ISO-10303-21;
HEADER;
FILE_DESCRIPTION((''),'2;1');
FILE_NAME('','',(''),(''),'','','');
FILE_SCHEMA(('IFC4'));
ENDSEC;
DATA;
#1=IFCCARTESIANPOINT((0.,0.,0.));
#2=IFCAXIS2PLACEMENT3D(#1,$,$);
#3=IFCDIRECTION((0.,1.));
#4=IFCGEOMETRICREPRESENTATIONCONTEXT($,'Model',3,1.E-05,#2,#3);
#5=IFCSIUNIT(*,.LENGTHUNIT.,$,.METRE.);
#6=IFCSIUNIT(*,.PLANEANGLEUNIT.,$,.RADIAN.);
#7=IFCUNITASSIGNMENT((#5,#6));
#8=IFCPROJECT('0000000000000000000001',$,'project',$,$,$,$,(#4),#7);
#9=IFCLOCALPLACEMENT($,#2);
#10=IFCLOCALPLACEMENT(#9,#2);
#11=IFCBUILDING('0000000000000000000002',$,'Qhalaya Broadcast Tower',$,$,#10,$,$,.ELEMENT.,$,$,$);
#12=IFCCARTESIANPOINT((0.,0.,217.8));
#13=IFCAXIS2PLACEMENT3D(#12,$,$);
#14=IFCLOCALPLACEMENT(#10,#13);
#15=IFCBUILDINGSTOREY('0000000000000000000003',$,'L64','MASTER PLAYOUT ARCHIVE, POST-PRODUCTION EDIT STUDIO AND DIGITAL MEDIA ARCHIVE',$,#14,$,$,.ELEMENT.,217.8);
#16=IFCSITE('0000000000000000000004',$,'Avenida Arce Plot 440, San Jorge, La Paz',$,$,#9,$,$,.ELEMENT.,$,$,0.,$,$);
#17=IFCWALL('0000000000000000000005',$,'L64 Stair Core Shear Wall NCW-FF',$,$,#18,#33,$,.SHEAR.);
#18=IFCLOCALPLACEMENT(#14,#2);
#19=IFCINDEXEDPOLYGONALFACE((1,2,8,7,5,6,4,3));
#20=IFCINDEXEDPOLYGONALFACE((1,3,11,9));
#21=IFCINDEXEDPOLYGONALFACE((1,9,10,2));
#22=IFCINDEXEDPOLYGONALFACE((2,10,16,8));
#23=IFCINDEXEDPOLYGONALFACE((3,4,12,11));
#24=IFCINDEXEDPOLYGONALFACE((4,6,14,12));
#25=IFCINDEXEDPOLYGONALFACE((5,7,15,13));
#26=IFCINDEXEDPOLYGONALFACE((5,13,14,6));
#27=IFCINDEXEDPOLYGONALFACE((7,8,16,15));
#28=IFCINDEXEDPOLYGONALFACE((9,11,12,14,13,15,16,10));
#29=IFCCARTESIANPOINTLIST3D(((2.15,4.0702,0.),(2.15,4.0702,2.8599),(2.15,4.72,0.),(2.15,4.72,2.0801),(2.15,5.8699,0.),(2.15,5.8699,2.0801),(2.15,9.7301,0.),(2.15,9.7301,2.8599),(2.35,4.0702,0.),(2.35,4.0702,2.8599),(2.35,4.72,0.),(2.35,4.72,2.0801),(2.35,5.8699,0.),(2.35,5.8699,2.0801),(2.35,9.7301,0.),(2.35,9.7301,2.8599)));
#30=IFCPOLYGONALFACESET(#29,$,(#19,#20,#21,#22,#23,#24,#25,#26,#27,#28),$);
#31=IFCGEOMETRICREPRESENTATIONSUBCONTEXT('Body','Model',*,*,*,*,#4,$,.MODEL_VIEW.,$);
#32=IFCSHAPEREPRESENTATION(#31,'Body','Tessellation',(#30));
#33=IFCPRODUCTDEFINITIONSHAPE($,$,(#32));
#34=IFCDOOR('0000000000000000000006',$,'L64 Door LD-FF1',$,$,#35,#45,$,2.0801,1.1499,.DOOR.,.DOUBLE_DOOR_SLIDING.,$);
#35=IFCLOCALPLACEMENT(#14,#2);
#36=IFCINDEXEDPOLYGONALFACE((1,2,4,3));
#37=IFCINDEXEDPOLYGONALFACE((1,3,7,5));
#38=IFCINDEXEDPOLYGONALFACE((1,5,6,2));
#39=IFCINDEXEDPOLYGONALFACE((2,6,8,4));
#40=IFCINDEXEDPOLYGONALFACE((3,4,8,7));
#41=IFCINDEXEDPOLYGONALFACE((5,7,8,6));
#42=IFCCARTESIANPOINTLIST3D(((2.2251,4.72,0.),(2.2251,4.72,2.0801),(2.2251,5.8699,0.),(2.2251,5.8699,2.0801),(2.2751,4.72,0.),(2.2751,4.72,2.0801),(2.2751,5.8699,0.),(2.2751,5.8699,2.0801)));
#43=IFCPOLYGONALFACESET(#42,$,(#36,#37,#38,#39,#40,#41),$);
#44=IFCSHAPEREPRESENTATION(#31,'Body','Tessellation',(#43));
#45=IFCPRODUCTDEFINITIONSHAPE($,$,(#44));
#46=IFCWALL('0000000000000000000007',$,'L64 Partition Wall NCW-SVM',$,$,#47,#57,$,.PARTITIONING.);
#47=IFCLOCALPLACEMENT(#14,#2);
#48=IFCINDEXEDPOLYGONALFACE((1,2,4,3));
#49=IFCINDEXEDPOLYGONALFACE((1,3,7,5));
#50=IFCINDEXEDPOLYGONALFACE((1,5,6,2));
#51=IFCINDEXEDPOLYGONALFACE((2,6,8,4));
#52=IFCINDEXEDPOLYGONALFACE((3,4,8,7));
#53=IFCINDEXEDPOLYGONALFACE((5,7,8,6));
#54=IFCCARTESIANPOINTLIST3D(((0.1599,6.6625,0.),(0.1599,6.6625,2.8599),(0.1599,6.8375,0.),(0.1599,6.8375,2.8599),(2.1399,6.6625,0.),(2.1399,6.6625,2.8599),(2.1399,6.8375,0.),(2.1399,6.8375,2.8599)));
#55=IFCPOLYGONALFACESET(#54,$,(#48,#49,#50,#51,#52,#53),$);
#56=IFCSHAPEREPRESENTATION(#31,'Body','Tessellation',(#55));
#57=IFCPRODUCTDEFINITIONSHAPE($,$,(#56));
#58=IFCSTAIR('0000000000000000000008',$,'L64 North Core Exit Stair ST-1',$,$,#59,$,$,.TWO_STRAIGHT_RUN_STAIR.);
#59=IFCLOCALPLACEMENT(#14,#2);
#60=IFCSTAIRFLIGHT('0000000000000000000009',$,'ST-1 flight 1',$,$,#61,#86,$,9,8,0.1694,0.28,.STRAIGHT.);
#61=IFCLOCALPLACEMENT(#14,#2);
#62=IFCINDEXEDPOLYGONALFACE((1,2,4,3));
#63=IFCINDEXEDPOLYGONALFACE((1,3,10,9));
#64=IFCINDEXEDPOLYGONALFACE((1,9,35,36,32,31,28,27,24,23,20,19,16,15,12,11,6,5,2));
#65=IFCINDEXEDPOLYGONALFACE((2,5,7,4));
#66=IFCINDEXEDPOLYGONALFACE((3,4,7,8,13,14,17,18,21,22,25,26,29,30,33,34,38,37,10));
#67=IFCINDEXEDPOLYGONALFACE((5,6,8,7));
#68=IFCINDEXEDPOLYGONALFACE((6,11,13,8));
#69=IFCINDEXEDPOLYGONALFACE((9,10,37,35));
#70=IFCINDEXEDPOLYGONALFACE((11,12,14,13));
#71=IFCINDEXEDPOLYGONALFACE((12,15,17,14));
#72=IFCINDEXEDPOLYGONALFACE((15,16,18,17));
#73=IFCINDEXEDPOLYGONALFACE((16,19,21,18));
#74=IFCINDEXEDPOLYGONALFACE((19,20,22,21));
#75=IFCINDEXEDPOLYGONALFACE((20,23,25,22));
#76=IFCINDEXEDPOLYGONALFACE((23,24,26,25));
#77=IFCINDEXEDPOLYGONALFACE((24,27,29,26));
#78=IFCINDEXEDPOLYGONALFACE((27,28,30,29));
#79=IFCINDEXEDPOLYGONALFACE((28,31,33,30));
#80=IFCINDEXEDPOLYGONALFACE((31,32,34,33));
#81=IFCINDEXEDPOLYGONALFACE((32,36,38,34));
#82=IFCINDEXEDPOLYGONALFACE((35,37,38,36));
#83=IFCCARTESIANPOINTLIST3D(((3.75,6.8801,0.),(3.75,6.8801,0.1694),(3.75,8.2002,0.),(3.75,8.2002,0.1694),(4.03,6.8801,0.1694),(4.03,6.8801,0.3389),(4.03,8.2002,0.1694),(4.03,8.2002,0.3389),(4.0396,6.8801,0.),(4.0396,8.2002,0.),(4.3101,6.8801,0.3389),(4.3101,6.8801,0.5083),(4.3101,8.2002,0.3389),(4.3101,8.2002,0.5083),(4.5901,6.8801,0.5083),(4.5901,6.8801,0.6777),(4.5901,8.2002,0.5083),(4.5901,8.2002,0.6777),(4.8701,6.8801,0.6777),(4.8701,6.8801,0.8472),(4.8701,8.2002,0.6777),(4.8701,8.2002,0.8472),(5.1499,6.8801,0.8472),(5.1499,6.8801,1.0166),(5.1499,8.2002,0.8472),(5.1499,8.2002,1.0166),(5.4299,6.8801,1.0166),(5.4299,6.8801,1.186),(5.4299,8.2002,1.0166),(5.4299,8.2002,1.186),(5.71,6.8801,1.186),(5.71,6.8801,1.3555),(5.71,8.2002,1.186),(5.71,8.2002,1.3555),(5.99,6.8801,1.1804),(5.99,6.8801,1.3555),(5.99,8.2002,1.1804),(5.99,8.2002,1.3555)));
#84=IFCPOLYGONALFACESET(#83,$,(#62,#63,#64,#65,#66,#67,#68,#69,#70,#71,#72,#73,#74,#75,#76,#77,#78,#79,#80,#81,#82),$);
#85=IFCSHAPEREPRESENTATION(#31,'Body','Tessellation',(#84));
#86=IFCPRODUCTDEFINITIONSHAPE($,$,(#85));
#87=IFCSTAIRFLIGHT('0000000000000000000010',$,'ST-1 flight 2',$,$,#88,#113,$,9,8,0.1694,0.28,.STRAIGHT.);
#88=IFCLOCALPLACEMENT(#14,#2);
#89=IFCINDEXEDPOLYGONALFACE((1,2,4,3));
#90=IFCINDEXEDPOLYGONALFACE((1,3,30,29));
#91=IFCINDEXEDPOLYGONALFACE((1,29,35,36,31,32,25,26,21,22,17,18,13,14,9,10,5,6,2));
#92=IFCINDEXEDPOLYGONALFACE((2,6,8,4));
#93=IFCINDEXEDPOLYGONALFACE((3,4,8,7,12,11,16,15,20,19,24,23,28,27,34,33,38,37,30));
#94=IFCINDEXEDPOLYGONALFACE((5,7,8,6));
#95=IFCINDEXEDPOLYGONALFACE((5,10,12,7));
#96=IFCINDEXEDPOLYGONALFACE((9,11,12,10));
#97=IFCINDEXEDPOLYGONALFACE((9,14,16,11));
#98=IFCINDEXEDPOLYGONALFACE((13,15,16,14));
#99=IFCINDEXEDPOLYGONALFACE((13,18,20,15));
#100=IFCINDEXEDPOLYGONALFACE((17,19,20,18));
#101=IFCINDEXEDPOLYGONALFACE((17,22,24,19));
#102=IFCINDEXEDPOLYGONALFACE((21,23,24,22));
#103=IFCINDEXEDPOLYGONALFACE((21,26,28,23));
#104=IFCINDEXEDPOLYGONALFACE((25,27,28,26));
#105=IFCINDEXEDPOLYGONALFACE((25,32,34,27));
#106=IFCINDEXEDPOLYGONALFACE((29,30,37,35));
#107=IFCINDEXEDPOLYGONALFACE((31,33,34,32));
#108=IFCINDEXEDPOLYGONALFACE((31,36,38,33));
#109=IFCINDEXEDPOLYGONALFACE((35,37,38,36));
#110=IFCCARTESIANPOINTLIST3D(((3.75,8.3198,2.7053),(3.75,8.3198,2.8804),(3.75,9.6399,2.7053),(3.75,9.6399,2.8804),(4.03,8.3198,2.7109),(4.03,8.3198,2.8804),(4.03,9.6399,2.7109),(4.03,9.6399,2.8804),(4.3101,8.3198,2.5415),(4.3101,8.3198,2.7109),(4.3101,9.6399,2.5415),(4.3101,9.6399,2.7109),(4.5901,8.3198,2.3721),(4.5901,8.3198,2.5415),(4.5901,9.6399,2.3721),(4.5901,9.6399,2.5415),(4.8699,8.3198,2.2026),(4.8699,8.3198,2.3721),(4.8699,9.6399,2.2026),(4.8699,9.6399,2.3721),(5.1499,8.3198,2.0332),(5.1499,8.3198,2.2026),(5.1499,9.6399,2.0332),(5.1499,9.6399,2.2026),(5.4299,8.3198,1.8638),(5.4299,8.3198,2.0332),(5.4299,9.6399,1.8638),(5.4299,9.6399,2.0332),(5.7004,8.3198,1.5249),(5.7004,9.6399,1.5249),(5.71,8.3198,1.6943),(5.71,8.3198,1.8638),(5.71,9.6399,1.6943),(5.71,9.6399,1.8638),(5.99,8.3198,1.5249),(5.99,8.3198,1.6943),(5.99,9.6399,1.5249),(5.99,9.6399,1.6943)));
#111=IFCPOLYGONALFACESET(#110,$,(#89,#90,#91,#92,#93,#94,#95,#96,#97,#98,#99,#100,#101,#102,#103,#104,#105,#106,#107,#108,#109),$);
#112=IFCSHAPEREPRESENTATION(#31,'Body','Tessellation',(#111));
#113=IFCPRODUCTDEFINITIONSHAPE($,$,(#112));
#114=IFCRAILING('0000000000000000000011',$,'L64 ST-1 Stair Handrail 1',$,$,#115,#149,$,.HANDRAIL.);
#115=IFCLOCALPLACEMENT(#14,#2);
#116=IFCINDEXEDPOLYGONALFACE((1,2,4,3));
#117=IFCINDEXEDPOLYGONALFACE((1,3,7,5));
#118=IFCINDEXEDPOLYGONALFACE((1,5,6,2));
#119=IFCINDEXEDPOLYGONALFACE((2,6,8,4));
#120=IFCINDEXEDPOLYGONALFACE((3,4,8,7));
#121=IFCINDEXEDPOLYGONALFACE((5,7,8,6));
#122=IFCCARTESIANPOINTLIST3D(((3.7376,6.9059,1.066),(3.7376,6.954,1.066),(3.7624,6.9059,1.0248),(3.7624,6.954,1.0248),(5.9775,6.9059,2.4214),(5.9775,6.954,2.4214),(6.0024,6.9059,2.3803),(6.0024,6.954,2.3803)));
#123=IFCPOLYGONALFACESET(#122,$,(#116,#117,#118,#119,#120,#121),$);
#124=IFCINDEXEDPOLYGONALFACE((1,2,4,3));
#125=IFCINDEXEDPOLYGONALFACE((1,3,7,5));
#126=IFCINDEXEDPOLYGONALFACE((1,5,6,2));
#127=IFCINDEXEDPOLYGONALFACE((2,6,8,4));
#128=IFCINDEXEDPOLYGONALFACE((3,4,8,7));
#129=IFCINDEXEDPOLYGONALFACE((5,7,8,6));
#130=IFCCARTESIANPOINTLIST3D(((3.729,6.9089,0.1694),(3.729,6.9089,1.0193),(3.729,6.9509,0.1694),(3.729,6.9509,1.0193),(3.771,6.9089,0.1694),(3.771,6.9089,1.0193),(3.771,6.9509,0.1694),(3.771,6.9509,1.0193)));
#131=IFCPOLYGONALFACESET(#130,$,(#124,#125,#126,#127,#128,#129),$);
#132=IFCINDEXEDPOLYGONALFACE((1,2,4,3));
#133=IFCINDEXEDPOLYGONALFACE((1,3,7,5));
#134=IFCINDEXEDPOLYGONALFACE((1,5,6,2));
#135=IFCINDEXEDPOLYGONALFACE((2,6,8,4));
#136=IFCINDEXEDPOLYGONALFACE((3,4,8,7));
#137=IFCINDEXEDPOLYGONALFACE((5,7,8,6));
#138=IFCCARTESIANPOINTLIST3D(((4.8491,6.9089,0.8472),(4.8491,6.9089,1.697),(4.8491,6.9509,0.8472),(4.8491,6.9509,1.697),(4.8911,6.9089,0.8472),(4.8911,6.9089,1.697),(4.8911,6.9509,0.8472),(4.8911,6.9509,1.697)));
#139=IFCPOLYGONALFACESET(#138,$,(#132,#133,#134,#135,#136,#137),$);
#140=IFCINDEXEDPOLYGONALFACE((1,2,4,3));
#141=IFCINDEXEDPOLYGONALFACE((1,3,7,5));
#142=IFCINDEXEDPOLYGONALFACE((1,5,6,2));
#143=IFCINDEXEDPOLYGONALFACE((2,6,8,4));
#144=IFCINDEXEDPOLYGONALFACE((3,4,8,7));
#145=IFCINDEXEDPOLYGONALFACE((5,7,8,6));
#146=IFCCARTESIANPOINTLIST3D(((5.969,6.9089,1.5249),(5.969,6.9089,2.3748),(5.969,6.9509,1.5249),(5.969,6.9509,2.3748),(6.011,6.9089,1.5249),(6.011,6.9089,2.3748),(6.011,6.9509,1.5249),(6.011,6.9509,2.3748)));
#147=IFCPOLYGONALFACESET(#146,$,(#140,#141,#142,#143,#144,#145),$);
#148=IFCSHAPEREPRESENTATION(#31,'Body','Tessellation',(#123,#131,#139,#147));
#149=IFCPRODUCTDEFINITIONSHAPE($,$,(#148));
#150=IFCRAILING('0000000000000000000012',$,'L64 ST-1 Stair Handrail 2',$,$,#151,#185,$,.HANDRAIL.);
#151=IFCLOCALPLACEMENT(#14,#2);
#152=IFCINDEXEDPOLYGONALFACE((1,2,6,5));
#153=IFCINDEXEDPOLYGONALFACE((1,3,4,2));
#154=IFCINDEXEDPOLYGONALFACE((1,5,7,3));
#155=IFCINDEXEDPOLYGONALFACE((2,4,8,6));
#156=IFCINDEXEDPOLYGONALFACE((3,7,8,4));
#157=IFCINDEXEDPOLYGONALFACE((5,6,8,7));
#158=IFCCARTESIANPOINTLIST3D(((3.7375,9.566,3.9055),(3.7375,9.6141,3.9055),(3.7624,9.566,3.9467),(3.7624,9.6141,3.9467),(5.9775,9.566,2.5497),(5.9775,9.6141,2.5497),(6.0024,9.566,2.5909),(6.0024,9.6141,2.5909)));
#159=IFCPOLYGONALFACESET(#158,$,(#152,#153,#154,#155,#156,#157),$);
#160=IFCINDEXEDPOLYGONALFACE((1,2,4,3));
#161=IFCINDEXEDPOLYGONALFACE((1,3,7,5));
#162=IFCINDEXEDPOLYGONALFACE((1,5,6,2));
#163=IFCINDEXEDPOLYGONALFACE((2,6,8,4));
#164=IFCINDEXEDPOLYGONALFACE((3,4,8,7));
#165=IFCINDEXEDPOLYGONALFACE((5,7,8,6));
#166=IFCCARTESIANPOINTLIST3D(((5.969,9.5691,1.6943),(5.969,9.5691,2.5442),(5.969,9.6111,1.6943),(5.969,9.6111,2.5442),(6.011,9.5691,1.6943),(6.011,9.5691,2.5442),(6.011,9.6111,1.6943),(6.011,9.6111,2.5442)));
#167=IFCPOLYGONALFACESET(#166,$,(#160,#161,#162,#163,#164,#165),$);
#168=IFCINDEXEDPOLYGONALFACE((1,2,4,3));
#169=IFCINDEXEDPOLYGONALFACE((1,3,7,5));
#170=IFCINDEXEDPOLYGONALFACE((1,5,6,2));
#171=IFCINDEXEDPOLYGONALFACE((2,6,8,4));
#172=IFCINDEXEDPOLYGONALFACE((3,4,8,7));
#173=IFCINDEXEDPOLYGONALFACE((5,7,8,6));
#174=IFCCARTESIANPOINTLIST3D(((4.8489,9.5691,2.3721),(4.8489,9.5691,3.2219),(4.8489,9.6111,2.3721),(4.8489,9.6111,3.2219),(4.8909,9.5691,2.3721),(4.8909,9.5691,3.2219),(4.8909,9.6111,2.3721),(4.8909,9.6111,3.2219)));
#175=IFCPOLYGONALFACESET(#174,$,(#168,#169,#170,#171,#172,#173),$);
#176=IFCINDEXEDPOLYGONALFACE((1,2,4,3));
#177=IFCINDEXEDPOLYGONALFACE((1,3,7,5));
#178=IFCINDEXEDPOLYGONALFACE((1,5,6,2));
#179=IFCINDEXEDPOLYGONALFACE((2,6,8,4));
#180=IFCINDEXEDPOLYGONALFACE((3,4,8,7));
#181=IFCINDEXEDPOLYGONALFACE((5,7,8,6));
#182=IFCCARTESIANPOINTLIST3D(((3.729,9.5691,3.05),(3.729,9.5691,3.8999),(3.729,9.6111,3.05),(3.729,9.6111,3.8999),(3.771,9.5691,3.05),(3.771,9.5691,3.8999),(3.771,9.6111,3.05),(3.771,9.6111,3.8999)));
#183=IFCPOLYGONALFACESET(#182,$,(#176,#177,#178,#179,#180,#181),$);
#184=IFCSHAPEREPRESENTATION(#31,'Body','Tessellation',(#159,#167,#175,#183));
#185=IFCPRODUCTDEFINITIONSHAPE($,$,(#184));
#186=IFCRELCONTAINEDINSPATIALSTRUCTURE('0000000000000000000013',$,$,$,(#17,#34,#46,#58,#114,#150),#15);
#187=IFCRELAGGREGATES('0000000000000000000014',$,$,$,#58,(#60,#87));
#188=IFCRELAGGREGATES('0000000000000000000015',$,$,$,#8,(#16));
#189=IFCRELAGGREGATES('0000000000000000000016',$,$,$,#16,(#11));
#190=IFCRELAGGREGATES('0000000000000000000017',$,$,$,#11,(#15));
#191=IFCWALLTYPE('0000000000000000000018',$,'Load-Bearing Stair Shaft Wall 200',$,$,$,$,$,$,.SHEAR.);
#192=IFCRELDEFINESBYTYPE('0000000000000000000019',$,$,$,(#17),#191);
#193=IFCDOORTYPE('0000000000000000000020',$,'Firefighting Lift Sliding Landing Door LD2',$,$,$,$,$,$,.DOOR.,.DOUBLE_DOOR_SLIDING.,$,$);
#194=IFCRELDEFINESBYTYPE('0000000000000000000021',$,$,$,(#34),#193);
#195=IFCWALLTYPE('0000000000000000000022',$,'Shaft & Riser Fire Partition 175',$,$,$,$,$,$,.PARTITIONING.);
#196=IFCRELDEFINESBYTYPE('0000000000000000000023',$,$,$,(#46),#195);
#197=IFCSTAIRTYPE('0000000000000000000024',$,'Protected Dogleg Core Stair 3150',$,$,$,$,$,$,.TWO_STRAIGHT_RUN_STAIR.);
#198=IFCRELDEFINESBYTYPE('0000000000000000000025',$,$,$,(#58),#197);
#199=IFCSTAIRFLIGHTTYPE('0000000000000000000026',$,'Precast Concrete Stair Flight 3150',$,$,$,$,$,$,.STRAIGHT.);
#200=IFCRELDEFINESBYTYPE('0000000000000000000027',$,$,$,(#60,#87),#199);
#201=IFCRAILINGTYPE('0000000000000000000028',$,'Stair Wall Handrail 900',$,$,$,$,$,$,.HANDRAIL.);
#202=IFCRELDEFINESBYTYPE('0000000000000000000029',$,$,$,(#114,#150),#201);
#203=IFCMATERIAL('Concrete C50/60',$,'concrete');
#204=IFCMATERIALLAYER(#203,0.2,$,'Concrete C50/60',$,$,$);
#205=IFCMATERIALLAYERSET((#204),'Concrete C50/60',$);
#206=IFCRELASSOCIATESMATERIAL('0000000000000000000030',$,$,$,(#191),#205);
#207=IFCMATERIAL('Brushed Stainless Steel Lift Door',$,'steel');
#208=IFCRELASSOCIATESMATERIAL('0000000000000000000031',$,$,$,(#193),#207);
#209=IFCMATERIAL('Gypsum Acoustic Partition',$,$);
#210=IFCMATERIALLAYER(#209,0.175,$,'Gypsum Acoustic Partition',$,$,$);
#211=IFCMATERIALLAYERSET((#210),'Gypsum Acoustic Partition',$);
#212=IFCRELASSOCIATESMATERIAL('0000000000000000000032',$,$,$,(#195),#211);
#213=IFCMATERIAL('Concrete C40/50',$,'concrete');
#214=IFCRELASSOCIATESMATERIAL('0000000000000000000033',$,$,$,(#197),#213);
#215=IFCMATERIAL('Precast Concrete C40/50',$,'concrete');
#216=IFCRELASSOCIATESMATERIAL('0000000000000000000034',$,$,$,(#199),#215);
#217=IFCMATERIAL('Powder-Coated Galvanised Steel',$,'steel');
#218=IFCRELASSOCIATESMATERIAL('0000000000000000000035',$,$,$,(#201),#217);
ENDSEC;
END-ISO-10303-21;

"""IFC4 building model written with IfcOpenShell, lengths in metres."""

from ifc_helpers import new_model, si_unit, direction, frame, frame_2d, origin, origin_2d, place, context, subcontext, project, spatial, polyline, rectangle, outline, extrude, material, layer, layer_set, type_object, element, fill, aggregate, save


model = new_model("IFC4")

# Units and contexts
model_context = context("Model", 3, precision=1e-05, world=origin(), true_north=direction((0.0, 1.0)))
body_context = subcontext(model_context, "Body", "Model", "MODEL_VIEW")
ifc_project = project(units=[si_unit("LENGTHUNIT", "METRE"), si_unit("PLANEANGLEUNIT", "RADIAN")], contexts=[model_context])

# Site, building, storey
site_placement = place(None, origin())
site = spatial("IfcSite", under=ifc_project, at=site_placement, Name="Avenida Arce Plot 440, San Jorge, La Paz", CompositionType="ELEMENT", RefElevation=0.0)
building_placement = place(site_placement, origin())
building = spatial("IfcBuilding", under=site, at=building_placement, Name="Qhalaya Broadcast Tower", CompositionType="ELEMENT")
storey_placement = place(building_placement, frame((0.0, 0.0, 217.8)))
storey = spatial("IfcBuildingStorey", under=building, at=storey_placement, Name="L64", Description="MASTER PLAYOUT ARCHIVE, POST-PRODUCTION EDIT STUDIO AND DIGITAL MEDIA ARCHIVE", CompositionType="ELEMENT", Elevation=217.8)

# Shared definitions
ifc_material_1 = material(Name="Concrete C50/60", Category="concrete")

# Wall, opening, door
ifc_material_2 = material(Name="Gypsum Acoustic Partition")
ifc_layer_1 = layer(ifc_material_1, 0.2, Name="Concrete C50/60")
ifc_layer_set_1 = layer_set([ifc_layer_1], Name="Concrete C50/60")
wall_type_1 = type_object("IfcWallType", Name="Load-Bearing Stair Shaft Wall 200", PredefinedType="SHEAR", material=ifc_layer_set_1)
wall_1_placement = place(storey_placement, frame((2.25, 4.0701, 0.0), z_axis=(0.0, 0.0, 1.0), x_axis=(0.0, 1.0, 0.0)))
wall_1 = element("IfcWall", 1, at=wall_1_placement, inside=storey, type_object=wall_type_1, Name="L64 Stair Core Shear Wall NCW-FF", PredefinedType="SHEAR", context=body_context, shape_type="SweptSolid", body=[
    extrude(rectangle(XDim=5.6599, YDim=0.2, at=frame_2d((2.8301, 0.0))), origin(), (0.0, 0.0, 1.0), 2.8599),
])
opening_1_placement = place(wall_1_placement, frame((0.6499, 0.0, 0.0)))
opening_1 = element("IfcOpeningElement", 2, at=opening_1_placement, cuts=wall_1, PredefinedType="OPENING", context=body_context, shape_type="SweptSolid", body=[
    extrude(rectangle(XDim=1.1499, YDim=2.0801, at=frame_2d((0.575, 1.04))), frame((0.0, 0.1121, 0.0), z_axis=(0.0, -1.0, 0.0), x_axis=(1.0, 0.0, 0.0)), (0.0, 0.0, 1.0), 0.2239),
])
ifc_material_3 = material(Name="Brushed Stainless Steel Lift Door", Category="steel")
door_type_1 = type_object("IfcDoorType", Name="Firefighting Lift Sliding Landing Door LD2", OperationType="DOUBLE_DOOR_SLIDING", PredefinedType="DOOR", material=ifc_material_3)
door_1_placement = place(opening_1_placement, origin())
door_1 = element("IfcDoor", 3, at=door_1_placement, inside=storey, type_object=door_type_1, Name="L64 Door LD-FF1", OperationType="DOUBLE_DOOR_SLIDING", OverallHeight=2.0801, OverallWidth=1.1499, PredefinedType="DOOR", context=body_context, shape_type="SweptSolid", body=[
    extrude(rectangle(XDim=1.1499, YDim=2.0801, at=frame_2d((0.575, 1.04))), frame((0.0, 0.0249, 0.0), z_axis=(0.0, -1.0, 0.0), x_axis=(1.0, 0.0, 0.0)), (0.0, 0.0, 1.0), 0.05),
])
fill(opening_1, door_1)
ifc_layer_2 = layer(ifc_material_2, 0.175, Name="Gypsum Acoustic Partition")
ifc_layer_set_2 = layer_set([ifc_layer_2], Name="Gypsum Acoustic Partition")
wall_type_2 = type_object("IfcWallType", Name="Shaft & Riser Fire Partition 175", PredefinedType="PARTITIONING", material=ifc_layer_set_2)

# Wall
wall_2_placement = place(storey_placement, frame((0.1599, 6.75, 0.0), z_axis=(0.0, 0.0, 1.0), x_axis=(1.0, 0.0, 0.0)))
element("IfcWall", 4, at=wall_2_placement, inside=storey, type_object=wall_type_2, Name="L64 Partition Wall NCW-SVM", PredefinedType="PARTITIONING", context=body_context, shape_type="SweptSolid", body=[
    extrude(rectangle(XDim=1.98, YDim=0.175, at=frame_2d((0.99, 0.0))), origin(), (0.0, 0.0, 1.0), 2.8599),
])

# Stair, stair flights
ifc_material_4 = material(Name="Concrete C40/50", Category="concrete")
stair_type = type_object("IfcStairType", Name="Protected Dogleg Core Stair 3150", PredefinedType="TWO_STRAIGHT_RUN_STAIR", material=ifc_material_4)
stair_placement = place(storey_placement, origin())
stair = element("IfcStair", 5, at=stair_placement, inside=storey, type_object=stair_type, Name="L64 North Core Exit Stair ST-1", PredefinedType="TWO_STRAIGHT_RUN_STAIR")
ifc_material_5 = material(Name="Precast Concrete C40/50", Category="concrete")
stair_flight_type = type_object("IfcStairFlightType", Name="Precast Concrete Stair Flight 3150", PredefinedType="STRAIGHT", material=ifc_material_5)
stair_flight_1_placement = place(storey_placement, frame((3.75, 7.54, 0.0), z_axis=(0.0, 0.0, 1.0), x_axis=(1.0, 0.0, 0.0)))
stair_flight_1 = element("IfcStairFlight", 6, at=stair_flight_1_placement, type_object=stair_flight_type, Name="ST-1 flight 1", NumberOfRisers=9, NumberOfTreads=8, PredefinedType="STRAIGHT", RiserHeight=0.1694, TreadLength=0.28, context=body_context, shape_type="SweptSolid", body=[
    extrude(outline(polyline([(0.0, 0.0), (0.0, 0.1694), (0.28, 0.1694), (0.28, 0.3389), (0.5601, 0.3389), (0.5601, 0.5083), (0.8401, 0.5083), (0.8401, 0.6777), (1.1201, 0.6777), (1.1201, 0.8472), (1.3999, 0.8472), (1.3999, 1.0166), (1.6799, 1.0166), (1.6799, 1.186), (1.96, 1.186), (1.96, 1.3555), (2.24, 1.3555), (2.24, 1.5249), (2.24, 1.1804), (0.2896, 0.0), (0.0, 0.0)])), frame((0.0, 0.6602, 0.0), z_axis=(0.0, -1.0, 0.0), x_axis=(1.0, 0.0, 0.0)), (0.0, 0.0, 1.0), 1.3201),
])
stair_flight_2_placement = place(storey_placement, frame((5.99, 8.98, 1.5249), z_axis=(0.0, 0.0, 1.0), x_axis=(-1.0, 0.0, 0.0)))
stair_flight_2 = element("IfcStairFlight", 7, at=stair_flight_2_placement, type_object=stair_flight_type, Name="ST-1 flight 2", NumberOfRisers=9, NumberOfTreads=8, PredefinedType="STRAIGHT", RiserHeight=0.1694, TreadLength=0.28, context=body_context, shape_type="SweptSolid", body=[
    extrude(outline(polyline([(0.0, 0.0), (0.0, 0.1694), (0.28, 0.1694), (0.28, 0.3389), (0.5601, 0.3389), (0.5601, 0.5083), (0.8401, 0.5083), (0.8401, 0.6777), (1.1201, 0.6777), (1.1201, 0.8472), (1.3999, 0.8472), (1.3999, 1.0166), (1.6799, 1.0166), (1.6799, 1.186), (1.96, 1.186), (1.96, 1.3555), (2.24, 1.3555), (2.24, 1.5249), (2.24, 1.1804), (0.2896, 0.0), (0.0, 0.0)])), frame((0.0, 0.6602, 0.0), z_axis=(0.0, -1.0, 0.0), x_axis=(1.0, 0.0, 0.0)), (0.0, 0.0, 1.0), 1.3201),
])
aggregate(stair, [stair_flight_1, stair_flight_2])

# Railings
ifc_material_6 = material(Name="Powder-Coated Galvanised Steel", Category="steel")
railing_type_1 = type_object("IfcRailingType", Name="Stair Wall Handrail 900", PredefinedType="HANDRAIL", material=ifc_material_6)
railing_1_placement = place(storey_placement, frame((3.75, 6.9299, 0.1694)))
element("IfcRailing", 8, at=railing_1_placement, inside=storey, type_object=railing_type_1, Name="L64 ST-1 Stair Handrail 1", PredefinedType="HANDRAIL", context=body_context, shape_type="SweptSolid", body=[
    extrude(rectangle(XDim=0.0481, YDim=0.0481, at=origin_2d()), frame((0.0, 0.0, 0.876), z_axis=(0.855553, 0.0, 0.517715), x_axis=(0.0, 1.0, 0.0)), (0.0, 0.0, 1.0), 2.6182),
    extrude(rectangle(XDim=0.042, YDim=0.042, at=origin_2d()), origin(), (0.0, 0.0, 1.0), 0.8499),
    extrude(rectangle(XDim=0.042, YDim=0.042, at=origin_2d()), frame((1.1201, 0.0, 0.6777)), (0.0, 0.0, 1.0), 0.8499),
    extrude(rectangle(XDim=0.042, YDim=0.042, at=origin_2d()), frame((2.24, 0.0, 1.3555)), (0.0, 0.0, 1.0), 0.8499),
])
railing_2_placement = place(storey_placement, frame((5.99, 9.5901, 1.6943)))
element("IfcRailing", 9, at=railing_2_placement, inside=storey, type_object=railing_type_1, Name="L64 ST-1 Stair Handrail 2", PredefinedType="HANDRAIL", context=body_context, shape_type="SweptSolid", body=[
    extrude(rectangle(XDim=0.0481, YDim=0.0481, at=origin_2d()), frame((0.0, 0.0, 0.876), z_axis=(-0.855512, 0.0, 0.517783), x_axis=(0.0, -1.0, 0.0)), (0.0, 0.0, 1.0), 2.6184),
    extrude(rectangle(XDim=0.042, YDim=0.042, at=origin_2d()), origin(), (0.0, 0.0, 1.0), 0.8499),
    extrude(rectangle(XDim=0.042, YDim=0.042, at=origin_2d()), frame((-1.1201, 0.0, 0.6777)), (0.0, 0.0, 1.0), 0.8499),
    extrude(rectangle(XDim=0.042, YDim=0.042, at=origin_2d()), frame((-2.24, 0.0, 1.3557)), (0.0, 0.0, 1.0), 0.8499),
])

save(model, "model.ifc")
